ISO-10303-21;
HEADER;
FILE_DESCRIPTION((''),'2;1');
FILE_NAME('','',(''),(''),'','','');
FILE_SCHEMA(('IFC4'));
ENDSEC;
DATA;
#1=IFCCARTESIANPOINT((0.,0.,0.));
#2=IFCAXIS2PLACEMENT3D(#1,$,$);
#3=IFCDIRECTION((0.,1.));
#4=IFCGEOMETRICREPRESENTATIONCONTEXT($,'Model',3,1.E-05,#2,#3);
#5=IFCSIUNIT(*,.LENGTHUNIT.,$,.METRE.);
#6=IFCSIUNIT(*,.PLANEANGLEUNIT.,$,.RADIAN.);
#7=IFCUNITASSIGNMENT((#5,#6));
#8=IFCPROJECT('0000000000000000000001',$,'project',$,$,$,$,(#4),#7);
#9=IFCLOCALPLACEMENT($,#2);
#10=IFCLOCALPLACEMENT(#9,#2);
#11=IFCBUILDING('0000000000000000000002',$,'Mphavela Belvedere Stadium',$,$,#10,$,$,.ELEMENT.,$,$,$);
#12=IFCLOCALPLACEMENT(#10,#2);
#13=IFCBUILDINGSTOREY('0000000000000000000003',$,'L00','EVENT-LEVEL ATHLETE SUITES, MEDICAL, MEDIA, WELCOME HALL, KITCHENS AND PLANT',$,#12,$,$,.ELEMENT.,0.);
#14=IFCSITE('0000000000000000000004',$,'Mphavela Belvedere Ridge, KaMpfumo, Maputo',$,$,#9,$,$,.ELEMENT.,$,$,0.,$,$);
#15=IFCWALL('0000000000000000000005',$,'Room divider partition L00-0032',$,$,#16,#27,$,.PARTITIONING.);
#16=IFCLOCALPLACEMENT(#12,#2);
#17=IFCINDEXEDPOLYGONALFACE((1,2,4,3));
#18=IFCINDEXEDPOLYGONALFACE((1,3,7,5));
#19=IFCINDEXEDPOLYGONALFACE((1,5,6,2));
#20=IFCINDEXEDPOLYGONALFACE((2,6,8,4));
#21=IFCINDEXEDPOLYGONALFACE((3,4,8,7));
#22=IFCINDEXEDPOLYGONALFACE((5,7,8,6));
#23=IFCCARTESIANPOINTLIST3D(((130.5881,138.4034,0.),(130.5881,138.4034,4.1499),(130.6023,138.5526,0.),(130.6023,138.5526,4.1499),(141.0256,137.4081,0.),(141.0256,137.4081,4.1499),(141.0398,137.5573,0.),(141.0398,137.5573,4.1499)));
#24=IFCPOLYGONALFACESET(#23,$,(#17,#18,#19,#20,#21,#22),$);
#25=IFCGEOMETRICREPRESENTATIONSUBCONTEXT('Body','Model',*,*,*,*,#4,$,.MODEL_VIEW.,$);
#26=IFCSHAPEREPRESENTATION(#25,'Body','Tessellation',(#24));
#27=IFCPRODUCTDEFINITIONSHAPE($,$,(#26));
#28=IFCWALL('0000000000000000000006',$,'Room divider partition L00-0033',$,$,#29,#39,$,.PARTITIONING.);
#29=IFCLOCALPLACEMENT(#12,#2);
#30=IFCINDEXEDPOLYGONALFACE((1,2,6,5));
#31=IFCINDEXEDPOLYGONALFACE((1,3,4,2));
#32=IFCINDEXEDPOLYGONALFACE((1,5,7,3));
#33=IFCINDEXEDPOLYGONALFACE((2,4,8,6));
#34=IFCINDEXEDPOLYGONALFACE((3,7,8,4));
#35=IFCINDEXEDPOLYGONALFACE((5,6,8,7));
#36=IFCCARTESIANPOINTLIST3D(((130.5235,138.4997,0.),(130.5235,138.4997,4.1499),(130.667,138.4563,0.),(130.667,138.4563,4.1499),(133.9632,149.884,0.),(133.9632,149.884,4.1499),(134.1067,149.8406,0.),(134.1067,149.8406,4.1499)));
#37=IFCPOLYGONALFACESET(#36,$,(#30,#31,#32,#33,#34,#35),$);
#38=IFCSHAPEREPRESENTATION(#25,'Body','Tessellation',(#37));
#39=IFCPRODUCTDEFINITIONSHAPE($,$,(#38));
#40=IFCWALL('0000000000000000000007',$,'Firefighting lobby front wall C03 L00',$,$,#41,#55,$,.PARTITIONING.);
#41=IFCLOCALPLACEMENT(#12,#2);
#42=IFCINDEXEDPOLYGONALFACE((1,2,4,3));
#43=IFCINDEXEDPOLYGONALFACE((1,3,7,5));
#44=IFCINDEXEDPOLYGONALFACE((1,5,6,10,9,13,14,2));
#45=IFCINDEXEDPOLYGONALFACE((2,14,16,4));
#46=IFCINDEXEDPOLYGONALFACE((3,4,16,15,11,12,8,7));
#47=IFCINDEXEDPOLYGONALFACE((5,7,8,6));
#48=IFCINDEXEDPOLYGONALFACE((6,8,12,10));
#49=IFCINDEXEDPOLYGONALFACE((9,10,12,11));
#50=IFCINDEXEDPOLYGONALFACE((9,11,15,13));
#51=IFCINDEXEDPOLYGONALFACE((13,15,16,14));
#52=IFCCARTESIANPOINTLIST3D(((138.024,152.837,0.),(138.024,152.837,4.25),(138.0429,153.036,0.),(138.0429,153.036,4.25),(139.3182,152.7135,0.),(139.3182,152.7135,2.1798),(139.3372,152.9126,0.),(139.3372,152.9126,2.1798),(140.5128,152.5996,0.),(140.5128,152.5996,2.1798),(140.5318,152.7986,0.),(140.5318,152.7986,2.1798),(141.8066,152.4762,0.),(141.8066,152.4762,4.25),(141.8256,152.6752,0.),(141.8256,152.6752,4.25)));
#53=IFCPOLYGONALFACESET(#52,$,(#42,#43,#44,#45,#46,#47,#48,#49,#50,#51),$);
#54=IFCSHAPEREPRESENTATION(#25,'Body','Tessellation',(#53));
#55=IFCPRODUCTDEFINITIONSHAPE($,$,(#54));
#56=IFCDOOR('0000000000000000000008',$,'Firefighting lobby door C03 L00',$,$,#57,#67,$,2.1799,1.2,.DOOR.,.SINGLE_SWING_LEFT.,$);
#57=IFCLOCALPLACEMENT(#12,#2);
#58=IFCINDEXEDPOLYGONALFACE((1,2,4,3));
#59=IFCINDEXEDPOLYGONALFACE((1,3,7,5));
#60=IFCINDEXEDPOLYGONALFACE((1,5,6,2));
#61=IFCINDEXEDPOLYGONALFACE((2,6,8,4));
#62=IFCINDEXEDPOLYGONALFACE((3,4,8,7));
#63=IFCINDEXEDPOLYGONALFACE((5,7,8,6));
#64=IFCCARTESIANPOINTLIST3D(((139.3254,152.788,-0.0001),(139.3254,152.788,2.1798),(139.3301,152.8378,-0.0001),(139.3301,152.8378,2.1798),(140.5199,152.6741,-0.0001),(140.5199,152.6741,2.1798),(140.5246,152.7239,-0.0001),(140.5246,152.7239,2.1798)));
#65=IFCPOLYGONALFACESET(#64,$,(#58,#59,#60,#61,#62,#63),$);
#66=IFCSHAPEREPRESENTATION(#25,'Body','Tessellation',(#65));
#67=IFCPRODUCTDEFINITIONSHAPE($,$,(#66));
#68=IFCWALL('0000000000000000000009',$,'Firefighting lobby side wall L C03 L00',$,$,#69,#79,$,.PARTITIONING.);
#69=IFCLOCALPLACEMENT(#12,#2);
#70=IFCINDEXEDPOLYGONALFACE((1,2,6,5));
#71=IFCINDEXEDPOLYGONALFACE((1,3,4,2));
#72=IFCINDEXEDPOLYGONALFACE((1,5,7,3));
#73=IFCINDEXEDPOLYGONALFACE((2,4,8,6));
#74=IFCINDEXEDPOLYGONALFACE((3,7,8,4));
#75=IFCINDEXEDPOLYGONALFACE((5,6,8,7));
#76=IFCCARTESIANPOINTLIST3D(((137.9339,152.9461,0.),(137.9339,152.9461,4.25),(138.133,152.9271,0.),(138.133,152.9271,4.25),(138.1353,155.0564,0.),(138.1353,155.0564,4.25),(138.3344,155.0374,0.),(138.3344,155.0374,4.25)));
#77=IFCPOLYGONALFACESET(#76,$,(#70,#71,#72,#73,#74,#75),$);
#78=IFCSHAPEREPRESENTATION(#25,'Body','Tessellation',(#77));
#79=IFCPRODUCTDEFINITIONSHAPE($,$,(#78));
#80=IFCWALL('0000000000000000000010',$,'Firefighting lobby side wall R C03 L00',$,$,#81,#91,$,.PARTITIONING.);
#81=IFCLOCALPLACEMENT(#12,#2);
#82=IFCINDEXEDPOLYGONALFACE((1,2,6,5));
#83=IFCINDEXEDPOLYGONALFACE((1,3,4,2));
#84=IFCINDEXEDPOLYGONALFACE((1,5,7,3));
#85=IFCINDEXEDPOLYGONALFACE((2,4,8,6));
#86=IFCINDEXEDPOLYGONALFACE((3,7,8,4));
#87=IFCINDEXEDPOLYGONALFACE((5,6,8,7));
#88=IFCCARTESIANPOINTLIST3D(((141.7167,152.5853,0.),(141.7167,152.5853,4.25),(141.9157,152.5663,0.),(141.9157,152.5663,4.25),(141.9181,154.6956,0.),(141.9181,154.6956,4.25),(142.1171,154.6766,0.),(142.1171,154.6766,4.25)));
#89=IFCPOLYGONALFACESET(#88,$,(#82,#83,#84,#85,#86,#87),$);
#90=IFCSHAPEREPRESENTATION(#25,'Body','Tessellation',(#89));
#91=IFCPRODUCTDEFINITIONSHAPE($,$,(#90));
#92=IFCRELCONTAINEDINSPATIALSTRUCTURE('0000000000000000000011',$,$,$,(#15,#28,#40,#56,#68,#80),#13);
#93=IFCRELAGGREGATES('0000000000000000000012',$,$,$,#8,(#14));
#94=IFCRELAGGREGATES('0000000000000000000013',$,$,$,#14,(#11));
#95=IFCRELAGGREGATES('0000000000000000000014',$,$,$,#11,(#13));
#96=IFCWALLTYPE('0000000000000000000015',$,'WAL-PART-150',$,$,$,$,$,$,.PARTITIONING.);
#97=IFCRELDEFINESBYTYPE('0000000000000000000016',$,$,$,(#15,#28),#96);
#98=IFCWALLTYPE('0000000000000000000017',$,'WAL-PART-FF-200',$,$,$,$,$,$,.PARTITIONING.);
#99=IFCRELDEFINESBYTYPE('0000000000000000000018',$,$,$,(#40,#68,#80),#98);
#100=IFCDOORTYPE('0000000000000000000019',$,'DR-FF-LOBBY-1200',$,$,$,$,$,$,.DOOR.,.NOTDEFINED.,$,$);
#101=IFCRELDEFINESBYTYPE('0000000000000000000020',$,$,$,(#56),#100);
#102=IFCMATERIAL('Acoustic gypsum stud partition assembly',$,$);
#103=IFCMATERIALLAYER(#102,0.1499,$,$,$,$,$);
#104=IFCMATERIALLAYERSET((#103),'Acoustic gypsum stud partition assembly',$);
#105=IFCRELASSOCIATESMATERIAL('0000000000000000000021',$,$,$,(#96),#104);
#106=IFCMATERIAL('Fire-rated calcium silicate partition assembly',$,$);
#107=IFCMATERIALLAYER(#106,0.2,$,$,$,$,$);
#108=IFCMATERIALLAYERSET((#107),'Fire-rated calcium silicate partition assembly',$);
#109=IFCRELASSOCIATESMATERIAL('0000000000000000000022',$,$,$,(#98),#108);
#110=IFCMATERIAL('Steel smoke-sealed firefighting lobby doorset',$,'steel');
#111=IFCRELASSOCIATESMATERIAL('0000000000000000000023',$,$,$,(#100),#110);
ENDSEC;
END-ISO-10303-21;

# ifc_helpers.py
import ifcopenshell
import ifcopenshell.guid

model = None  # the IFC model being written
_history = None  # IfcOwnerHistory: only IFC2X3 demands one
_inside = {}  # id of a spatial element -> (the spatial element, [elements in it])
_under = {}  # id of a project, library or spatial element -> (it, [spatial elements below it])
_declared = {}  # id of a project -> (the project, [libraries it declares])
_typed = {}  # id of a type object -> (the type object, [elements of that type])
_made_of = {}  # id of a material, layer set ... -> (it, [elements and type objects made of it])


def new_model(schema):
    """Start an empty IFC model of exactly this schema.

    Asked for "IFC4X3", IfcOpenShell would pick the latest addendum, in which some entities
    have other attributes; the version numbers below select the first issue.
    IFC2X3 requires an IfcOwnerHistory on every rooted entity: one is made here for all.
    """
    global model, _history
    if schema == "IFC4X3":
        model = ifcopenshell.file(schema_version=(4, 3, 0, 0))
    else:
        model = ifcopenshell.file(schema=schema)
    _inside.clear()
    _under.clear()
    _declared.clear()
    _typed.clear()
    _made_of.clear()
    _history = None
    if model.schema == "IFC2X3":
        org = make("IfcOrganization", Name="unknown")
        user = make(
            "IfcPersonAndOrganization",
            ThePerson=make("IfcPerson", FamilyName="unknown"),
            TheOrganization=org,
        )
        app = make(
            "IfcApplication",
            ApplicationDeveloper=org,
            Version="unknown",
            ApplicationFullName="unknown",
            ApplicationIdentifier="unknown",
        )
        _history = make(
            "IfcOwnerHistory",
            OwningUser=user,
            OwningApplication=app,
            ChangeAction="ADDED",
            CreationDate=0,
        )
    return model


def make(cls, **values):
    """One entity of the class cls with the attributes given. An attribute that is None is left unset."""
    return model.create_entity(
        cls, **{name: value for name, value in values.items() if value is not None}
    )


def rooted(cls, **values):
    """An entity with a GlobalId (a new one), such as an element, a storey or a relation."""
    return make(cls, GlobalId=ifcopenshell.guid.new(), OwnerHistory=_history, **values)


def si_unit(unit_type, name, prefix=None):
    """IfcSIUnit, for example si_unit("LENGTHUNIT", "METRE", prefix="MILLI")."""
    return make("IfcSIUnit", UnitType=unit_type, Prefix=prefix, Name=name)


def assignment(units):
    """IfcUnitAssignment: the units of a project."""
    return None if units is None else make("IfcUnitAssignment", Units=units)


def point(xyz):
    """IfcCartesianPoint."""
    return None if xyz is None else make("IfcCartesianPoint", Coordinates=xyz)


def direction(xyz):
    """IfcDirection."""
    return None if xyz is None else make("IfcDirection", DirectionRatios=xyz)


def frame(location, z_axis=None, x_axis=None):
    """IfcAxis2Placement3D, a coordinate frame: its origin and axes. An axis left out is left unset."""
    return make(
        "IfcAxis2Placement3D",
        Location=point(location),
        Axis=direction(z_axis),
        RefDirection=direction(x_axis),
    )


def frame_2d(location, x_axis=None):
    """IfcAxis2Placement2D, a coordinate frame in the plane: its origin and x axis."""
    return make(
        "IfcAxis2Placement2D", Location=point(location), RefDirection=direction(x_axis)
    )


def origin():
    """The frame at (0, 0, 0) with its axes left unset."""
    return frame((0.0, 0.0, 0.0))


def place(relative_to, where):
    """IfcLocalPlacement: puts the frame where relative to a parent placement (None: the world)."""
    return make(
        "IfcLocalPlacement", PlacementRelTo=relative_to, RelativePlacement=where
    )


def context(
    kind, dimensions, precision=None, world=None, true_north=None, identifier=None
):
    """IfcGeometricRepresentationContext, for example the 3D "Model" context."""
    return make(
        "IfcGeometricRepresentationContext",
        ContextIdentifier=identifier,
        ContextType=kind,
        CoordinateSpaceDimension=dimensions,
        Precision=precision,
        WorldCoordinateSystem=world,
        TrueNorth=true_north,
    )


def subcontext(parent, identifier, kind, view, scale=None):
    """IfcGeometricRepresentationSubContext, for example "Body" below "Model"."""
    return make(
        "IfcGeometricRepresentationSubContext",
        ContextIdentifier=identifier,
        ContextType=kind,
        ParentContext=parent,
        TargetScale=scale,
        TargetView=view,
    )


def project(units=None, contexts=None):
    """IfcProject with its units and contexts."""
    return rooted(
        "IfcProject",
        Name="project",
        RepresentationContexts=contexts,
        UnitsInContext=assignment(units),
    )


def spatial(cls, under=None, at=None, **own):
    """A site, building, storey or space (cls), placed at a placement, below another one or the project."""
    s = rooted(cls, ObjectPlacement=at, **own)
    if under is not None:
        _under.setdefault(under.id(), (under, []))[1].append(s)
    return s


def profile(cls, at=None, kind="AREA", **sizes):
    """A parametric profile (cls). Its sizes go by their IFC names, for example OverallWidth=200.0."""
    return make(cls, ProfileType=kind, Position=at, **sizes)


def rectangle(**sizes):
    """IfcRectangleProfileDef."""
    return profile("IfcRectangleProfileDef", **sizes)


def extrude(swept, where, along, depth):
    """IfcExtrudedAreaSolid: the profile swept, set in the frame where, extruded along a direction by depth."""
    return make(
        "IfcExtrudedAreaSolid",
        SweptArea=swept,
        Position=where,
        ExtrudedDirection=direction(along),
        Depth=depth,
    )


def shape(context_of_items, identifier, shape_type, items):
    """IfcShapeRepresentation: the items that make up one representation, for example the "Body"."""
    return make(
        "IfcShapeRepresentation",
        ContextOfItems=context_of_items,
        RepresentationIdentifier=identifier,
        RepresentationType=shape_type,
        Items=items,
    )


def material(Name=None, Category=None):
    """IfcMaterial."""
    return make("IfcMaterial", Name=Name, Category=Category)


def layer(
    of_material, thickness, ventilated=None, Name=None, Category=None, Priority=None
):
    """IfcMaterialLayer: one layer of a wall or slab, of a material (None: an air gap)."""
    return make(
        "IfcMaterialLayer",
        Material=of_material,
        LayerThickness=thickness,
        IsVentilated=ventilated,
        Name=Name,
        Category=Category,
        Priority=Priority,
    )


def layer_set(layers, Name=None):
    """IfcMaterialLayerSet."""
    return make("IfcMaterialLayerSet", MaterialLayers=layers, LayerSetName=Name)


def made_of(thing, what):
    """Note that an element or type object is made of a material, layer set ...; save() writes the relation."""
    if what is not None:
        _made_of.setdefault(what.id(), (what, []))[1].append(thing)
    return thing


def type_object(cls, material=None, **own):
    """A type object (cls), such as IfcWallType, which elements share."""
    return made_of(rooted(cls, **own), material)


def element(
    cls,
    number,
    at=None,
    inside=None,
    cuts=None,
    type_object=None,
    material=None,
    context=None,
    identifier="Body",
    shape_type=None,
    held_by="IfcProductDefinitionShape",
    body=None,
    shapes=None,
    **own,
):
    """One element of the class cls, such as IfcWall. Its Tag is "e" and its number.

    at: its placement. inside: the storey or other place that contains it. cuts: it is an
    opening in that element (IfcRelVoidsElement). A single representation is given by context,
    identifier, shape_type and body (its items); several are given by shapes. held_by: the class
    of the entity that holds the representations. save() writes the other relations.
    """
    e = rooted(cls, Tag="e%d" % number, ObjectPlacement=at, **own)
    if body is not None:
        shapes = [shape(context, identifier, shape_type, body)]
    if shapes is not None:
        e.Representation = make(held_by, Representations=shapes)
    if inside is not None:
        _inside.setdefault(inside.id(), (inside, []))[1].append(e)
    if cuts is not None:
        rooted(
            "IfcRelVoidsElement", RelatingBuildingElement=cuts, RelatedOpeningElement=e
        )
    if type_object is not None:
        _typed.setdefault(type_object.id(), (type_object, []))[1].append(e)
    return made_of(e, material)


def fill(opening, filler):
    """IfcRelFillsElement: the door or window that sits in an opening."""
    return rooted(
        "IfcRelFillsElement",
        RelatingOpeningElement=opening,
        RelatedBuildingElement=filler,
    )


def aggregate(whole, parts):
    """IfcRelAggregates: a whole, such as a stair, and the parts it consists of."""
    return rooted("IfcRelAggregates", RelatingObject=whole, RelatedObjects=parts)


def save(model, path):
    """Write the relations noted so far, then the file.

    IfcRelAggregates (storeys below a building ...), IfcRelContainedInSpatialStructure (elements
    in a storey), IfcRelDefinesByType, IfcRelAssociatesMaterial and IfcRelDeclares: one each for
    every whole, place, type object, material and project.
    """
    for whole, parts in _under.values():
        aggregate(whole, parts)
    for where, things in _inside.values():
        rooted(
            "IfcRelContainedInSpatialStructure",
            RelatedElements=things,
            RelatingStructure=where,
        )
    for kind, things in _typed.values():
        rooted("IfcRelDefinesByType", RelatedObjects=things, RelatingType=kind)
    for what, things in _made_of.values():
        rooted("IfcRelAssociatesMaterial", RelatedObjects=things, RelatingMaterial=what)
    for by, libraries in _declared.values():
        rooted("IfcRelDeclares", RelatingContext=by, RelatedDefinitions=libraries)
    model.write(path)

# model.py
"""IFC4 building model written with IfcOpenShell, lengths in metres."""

from ifc_helpers import new_model, si_unit, direction, frame, frame_2d, origin, place, context, subcontext, project, spatial, rectangle, extrude, material, layer, layer_set, type_object, element, fill, save


model = new_model("IFC4")

# Units and contexts
model_context = context("Model", 3, precision=1e-05, world=origin(), true_north=direction((0.0, 1.0)))
body_context = subcontext(model_context, "Body", "Model", "MODEL_VIEW")
ifc_project = project(units=[si_unit("LENGTHUNIT", "METRE"), si_unit("PLANEANGLEUNIT", "RADIAN")], contexts=[model_context])

# Site, building, storey
site_placement = place(None, origin())
site = spatial("IfcSite", under=ifc_project, at=site_placement, Name="Mphavela Belvedere Ridge, KaMpfumo, Maputo", CompositionType="ELEMENT", RefElevation=0.0)
building_placement = place(site_placement, origin())
building = spatial("IfcBuilding", under=site, at=building_placement, Name="Mphavela Belvedere Stadium", CompositionType="ELEMENT")
storey_placement = place(building_placement, origin())
storey = spatial("IfcBuildingStorey", under=building, at=storey_placement, Name="L00", Description="EVENT-LEVEL ATHLETE SUITES, MEDICAL, MEDIA, WELCOME HALL, KITCHENS AND PLANT", CompositionType="ELEMENT", Elevation=0.0)

# Walls
ifc_material_1 = material(Name="Acoustic gypsum stud partition assembly")
ifc_layer_1 = layer(ifc_material_1, 0.1499)
ifc_layer_set_1 = layer_set([ifc_layer_1], Name="Acoustic gypsum stud partition assembly")
wall_type_1 = type_object("IfcWallType", Name="WAL-PART-150", PredefinedType="PARTITIONING", material=ifc_layer_set_1)
wall_1_placement = place(storey_placement, frame((141.0327, 137.4827, 0.0), z_axis=(0.0, 0.0, 1.0), x_axis=(-0.995484, 0.094933, 0.0)))
element("IfcWall", 1, at=wall_1_placement, inside=storey, type_object=wall_type_1, Name="Room divider partition L00-0032", PredefinedType="PARTITIONING", context=body_context, shape_type="SweptSolid", body=[
    extrude(rectangle(XDim=10.4849, YDim=0.1499, at=frame_2d((5.2424, 0.0))), origin(), (0.0, 0.0, 1.0), 4.1499),
])
wall_2_placement = place(storey_placement, frame((130.5952, 138.478, 0.0), z_axis=(0.0, 0.0, 1.0), x_axis=(0.289231, 0.957259, 0.0)))
element("IfcWall", 2, at=wall_2_placement, inside=storey, type_object=wall_type_1, Name="Room divider partition L00-0033", PredefinedType="PARTITIONING", context=body_context, shape_type="SweptSolid", body=[
    extrude(rectangle(XDim=11.8926, YDim=0.1499, at=frame_2d((5.9463, 0.0))), origin(), (0.0, 0.0, 1.0), 4.1499),
])

# Wall, opening, door
ifc_material_2 = material(Name="Fire-rated calcium silicate partition assembly")
ifc_layer_2 = layer(ifc_material_2, 0.2)
ifc_layer_set_2 = layer_set([ifc_layer_2], Name="Fire-rated calcium silicate partition assembly")
wall_type_2 = type_object("IfcWallType", Name="WAL-PART-FF-200", PredefinedType="PARTITIONING", material=ifc_layer_set_2)
wall_3_placement = place(storey_placement, frame((138.0334, 152.9365, 0.0), z_axis=(0.0, 0.0, 1.0), x_axis=(0.995481, -0.094961, 0.0)))
wall_3 = element("IfcWall", 3, at=wall_3_placement, inside=storey, type_object=wall_type_2, Name="Firefighting lobby front wall C03 L00", PredefinedType="PARTITIONING", context=body_context, shape_type="SweptSolid", body=[
    extrude(rectangle(XDim=3.7998, YDim=0.2, at=frame_2d((1.8999, 0.0))), origin(), (0.0, 0.0, 1.0), 4.25),
])
opening_1_placement = place(wall_3_placement, frame((1.3, 0.0, 0.0)))
opening_1 = element("IfcOpeningElement", 4, at=opening_1_placement, cuts=wall_3, PredefinedType="OPENING", context=body_context, shape_type="SweptSolid", body=[
    extrude(rectangle(XDim=1.2, YDim=2.1799, at=frame_2d((0.6001, 1.0898))), frame((0.0, 0.1099, 0.0), z_axis=(0.0, -1.0, 0.0), x_axis=(1.0, 0.0, 0.0)), (0.0, 0.0, 1.0), 0.22),
])
ifc_material_3 = material(Name="Steel smoke-sealed firefighting lobby doorset", Category="steel")
door_type_1 = type_object("IfcDoorType", Name="DR-FF-LOBBY-1200", OperationType="NOTDEFINED", PredefinedType="DOOR", material=ifc_material_3)
door_1_placement = place(opening_1_placement, origin())
door_1 = element("IfcDoor", 5, at=door_1_placement, inside=storey, type_object=door_type_1, Name="Firefighting lobby door C03 L00", OperationType="SINGLE_SWING_LEFT", OverallHeight=2.1799, OverallWidth=1.2, PredefinedType="DOOR", context=body_context, shape_type="SweptSolid", body=[
    extrude(rectangle(XDim=1.2, YDim=2.1799, at=frame_2d((0.6001, 1.0898))), frame((0.0, 0.0249, 0.0), z_axis=(0.0, -1.0, 0.0), x_axis=(1.0, 0.0, 0.0)), (0.0, 0.0, 1.0), 0.05),
])
fill(opening_1, door_1)

# Walls
for number, where, z_axis, x_axis, name in (
    (6, (138.0334, 152.9365, 0.0), (0.0, 0.0, 1.0), (0.09501, 0.995476, 0.0), "Firefighting lobby side wall L C03 L00"),
    (7, (141.8162, 152.5757, 0.0), (0.0, 0.0, 1.0), (0.09501, 0.995476, 0.0), "Firefighting lobby side wall R C03 L00"),
):
    element("IfcWall", number, at=place(storey_placement, frame(where, z_axis=z_axis, x_axis=x_axis)), inside=storey, type_object=wall_type_2, Name=name, PredefinedType="PARTITIONING", context=body_context, shape_type="SweptSolid", body=[
        extrude(rectangle(XDim=2.1199, YDim=0.2, at=frame_2d((1.0601, 0.0))), origin(), (0.0, 0.0, 1.0), 4.25),
    ])

save(model, "model.ifc")
